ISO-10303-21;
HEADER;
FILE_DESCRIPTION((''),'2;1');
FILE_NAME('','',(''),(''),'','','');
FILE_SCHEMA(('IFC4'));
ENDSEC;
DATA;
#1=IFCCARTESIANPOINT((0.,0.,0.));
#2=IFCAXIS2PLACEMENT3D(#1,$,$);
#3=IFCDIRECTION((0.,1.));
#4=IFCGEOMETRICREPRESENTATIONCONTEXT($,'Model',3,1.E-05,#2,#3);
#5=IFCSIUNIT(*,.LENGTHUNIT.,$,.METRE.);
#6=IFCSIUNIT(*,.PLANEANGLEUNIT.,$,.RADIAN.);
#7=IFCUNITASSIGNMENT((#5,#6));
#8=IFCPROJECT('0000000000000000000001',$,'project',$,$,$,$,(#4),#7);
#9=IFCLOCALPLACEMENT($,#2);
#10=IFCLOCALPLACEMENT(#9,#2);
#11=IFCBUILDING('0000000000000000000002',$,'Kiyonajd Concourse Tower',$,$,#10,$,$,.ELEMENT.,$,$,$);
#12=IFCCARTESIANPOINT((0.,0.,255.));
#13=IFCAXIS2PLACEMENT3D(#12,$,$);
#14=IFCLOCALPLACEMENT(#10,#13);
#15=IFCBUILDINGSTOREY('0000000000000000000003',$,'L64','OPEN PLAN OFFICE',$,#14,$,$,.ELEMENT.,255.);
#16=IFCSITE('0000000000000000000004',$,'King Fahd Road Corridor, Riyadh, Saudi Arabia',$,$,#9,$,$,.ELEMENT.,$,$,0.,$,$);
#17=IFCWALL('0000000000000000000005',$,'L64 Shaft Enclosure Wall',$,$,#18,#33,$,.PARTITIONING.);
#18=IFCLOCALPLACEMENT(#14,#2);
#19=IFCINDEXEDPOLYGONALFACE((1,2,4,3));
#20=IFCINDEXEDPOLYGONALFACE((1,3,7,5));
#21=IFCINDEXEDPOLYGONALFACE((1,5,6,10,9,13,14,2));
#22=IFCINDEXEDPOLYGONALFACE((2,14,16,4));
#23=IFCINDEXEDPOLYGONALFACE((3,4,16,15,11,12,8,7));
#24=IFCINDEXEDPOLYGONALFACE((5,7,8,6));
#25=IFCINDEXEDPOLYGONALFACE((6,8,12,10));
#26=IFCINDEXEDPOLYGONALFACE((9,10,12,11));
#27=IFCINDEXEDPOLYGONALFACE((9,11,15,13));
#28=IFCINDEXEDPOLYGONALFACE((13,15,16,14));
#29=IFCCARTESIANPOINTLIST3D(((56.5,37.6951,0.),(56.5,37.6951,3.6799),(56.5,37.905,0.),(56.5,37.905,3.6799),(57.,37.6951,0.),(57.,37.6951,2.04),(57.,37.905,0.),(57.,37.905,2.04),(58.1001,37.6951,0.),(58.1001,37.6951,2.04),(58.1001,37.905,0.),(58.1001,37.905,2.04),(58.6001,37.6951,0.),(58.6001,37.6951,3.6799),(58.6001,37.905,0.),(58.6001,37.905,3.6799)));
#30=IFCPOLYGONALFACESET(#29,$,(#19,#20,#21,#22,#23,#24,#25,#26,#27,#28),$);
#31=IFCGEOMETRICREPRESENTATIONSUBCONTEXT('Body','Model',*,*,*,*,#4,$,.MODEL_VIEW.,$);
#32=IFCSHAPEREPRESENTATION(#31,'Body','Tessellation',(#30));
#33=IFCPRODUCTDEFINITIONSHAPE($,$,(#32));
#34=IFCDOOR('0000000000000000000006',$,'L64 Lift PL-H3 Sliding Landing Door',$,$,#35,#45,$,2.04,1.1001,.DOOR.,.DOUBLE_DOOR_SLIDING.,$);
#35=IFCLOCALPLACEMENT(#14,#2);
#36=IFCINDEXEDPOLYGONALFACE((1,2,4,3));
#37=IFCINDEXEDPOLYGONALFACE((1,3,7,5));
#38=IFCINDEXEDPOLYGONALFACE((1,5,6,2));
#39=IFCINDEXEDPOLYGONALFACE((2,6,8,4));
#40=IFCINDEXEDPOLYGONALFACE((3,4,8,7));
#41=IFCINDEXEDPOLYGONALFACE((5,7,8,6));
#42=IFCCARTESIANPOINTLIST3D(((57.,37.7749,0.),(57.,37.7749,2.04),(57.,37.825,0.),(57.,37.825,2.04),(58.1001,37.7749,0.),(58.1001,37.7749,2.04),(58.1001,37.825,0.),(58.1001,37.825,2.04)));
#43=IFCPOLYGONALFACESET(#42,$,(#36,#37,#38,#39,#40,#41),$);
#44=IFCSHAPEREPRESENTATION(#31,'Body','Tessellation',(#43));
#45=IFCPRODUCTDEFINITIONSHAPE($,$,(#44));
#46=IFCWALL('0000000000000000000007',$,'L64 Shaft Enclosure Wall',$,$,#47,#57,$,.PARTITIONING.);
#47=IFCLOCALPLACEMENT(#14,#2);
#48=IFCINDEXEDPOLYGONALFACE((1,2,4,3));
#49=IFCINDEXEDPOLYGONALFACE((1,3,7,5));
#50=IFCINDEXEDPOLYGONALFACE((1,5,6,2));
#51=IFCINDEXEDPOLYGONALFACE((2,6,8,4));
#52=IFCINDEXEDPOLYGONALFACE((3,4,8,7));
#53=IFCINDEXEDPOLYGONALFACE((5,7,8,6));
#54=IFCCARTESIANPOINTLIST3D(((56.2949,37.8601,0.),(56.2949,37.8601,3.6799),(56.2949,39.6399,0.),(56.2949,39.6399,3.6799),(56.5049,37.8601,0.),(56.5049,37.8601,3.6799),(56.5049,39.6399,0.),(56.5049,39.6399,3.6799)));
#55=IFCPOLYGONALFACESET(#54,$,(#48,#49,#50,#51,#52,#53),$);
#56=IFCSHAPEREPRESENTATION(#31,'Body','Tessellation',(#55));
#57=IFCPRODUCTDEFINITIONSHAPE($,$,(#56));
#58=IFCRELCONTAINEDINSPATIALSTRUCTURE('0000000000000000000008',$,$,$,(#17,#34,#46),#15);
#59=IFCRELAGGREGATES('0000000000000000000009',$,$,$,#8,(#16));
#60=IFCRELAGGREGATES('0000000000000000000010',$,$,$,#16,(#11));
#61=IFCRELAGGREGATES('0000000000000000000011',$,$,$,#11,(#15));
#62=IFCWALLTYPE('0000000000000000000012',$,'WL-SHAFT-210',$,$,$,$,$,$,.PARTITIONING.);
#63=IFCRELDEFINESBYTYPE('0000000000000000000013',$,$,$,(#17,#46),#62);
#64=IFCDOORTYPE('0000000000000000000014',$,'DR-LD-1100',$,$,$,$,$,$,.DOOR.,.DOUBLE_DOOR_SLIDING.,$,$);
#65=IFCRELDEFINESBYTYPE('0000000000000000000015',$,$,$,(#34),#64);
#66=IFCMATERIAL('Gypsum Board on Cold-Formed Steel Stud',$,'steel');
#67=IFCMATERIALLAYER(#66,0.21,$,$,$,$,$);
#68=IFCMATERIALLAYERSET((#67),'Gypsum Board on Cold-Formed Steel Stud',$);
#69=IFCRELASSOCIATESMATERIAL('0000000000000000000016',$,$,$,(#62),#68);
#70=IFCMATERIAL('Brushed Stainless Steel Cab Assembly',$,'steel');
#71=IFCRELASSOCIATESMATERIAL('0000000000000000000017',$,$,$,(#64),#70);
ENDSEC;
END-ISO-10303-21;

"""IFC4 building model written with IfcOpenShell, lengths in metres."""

from ifc_helpers import new_model, si_unit, direction, frame, frame_2d, origin, place, context, subcontext, project, spatial, rectangle, extrude, material, layer, layer_set, type_object, element, fill, save


model = new_model("IFC4")

# Units and contexts
model_context = context("Model", 3, precision=1e-05, world=origin(), true_north=direction((0.0, 1.0)))
body_context = subcontext(model_context, "Body", "Model", "MODEL_VIEW")
ifc_project = project(units=[si_unit("LENGTHUNIT", "METRE"), si_unit("PLANEANGLEUNIT", "RADIAN")], contexts=[model_context])

# Site, building, storey
site_placement = place(None, origin())
site = spatial("IfcSite", under=ifc_project, at=site_placement, Name="King Fahd Road Corridor, Riyadh, Saudi Arabia", CompositionType="ELEMENT", RefElevation=0.0)
building_placement = place(site_placement, origin())
building = spatial("IfcBuilding", under=site, at=building_placement, Name="Kiyonajd Concourse Tower", CompositionType="ELEMENT")
storey_placement = place(building_placement, frame((0.0, 0.0, 255.0)))
storey = spatial("IfcBuildingStorey", under=building, at=storey_placement, Name="L64", Description="OPEN PLAN OFFICE", CompositionType="ELEMENT", Elevation=255.0)

# Shared definitions
ifc_material_1 = material(Name="Gypsum Board on Cold-Formed Steel Stud", Category="steel")

# Shared definitions
ifc_layer_1 = layer(ifc_material_1, 0.21)
ifc_layer_set_1 = layer_set([ifc_layer_1], Name="Gypsum Board on Cold-Formed Steel Stud")
wall_type_1 = type_object("IfcWallType", Name="WL-SHAFT-210", PredefinedType="PARTITIONING", material=ifc_layer_set_1)
ifc_material_2 = material(Name="Brushed Stainless Steel Cab Assembly", Category="steel")

# Shared definitions
door_type_1 = type_object("IfcDoorType", Name="DR-LD-1100", OperationType="DOUBLE_DOOR_SLIDING", PredefinedType="DOOR", material=ifc_material_2)

# Wall, opening, door
wall_1_placement = place(storey_placement, frame((56.5, 37.8, 0.0), z_axis=(0.0, 0.0, 1.0), x_axis=(1.0, 0.0, 0.0)))
wall_1 = element("IfcWall", 1, at=wall_1_placement, inside=storey, type_object=wall_type_1, Name="L64 Shaft Enclosure Wall", PredefinedType="PARTITIONING", context=body_context, shape_type="SweptSolid", body=[
    extrude(rectangle(XDim=2.1001, YDim=0.21, at=frame_2d((1.05, 0.0))), origin(), (0.0, 0.0, 1.0), 3.6799),
])
opening_1_placement = place(wall_1_placement, frame((0.5, 0.0, 0.0)))
opening_1 = element("IfcOpeningElement", 2, at=opening_1_placement, cuts=wall_1, PredefinedType="OPENING", context=body_context, shape_type="SweptSolid", body=[
    extrude(rectangle(XDim=1.1001, YDim=2.04, at=frame_2d((0.55, 1.02))), frame((0.0, 0.115, 0.0), z_axis=(0.0, -1.0, 0.0), x_axis=(1.0, 0.0, 0.0)), (0.0, 0.0, 1.0), 0.23),
])
door_1_placement = place(opening_1_placement, origin())
door_1 = element("IfcDoor", 3, at=door_1_placement, inside=storey, type_object=door_type_1, Name="L64 Lift PL-H3 Sliding Landing Door", OperationType="DOUBLE_DOOR_SLIDING", OverallHeight=2.04, OverallWidth=1.1001, PredefinedType="DOOR", context=body_context, shape_type="SweptSolid", body=[
    extrude(rectangle(XDim=1.1001, YDim=2.04, at=frame_2d((0.55, 1.02))), frame((0.0, 0.0249, 0.0), z_axis=(0.0, -1.0, 0.0), x_axis=(1.0, 0.0, 0.0)), (0.0, 0.0, 1.0), 0.05),
])
fill(opening_1, door_1)

# Wall
wall_2_placement = place(storey_placement, frame((56.3999, 37.8601, 0.0), z_axis=(0.0, 0.0, 1.0), x_axis=(0.0, 1.0, 0.0)))
element("IfcWall", 4, at=wall_2_placement, inside=storey, type_object=wall_type_1, Name="L64 Shaft Enclosure Wall", PredefinedType="PARTITIONING", context=body_context, shape_type="SweptSolid", body=[
    extrude(rectangle(XDim=1.7798, YDim=0.21, at=frame_2d((0.8899, 0.0))), origin(), (0.0, 0.0, 1.0), 3.6799),
])

save(model, "model.ifc")
